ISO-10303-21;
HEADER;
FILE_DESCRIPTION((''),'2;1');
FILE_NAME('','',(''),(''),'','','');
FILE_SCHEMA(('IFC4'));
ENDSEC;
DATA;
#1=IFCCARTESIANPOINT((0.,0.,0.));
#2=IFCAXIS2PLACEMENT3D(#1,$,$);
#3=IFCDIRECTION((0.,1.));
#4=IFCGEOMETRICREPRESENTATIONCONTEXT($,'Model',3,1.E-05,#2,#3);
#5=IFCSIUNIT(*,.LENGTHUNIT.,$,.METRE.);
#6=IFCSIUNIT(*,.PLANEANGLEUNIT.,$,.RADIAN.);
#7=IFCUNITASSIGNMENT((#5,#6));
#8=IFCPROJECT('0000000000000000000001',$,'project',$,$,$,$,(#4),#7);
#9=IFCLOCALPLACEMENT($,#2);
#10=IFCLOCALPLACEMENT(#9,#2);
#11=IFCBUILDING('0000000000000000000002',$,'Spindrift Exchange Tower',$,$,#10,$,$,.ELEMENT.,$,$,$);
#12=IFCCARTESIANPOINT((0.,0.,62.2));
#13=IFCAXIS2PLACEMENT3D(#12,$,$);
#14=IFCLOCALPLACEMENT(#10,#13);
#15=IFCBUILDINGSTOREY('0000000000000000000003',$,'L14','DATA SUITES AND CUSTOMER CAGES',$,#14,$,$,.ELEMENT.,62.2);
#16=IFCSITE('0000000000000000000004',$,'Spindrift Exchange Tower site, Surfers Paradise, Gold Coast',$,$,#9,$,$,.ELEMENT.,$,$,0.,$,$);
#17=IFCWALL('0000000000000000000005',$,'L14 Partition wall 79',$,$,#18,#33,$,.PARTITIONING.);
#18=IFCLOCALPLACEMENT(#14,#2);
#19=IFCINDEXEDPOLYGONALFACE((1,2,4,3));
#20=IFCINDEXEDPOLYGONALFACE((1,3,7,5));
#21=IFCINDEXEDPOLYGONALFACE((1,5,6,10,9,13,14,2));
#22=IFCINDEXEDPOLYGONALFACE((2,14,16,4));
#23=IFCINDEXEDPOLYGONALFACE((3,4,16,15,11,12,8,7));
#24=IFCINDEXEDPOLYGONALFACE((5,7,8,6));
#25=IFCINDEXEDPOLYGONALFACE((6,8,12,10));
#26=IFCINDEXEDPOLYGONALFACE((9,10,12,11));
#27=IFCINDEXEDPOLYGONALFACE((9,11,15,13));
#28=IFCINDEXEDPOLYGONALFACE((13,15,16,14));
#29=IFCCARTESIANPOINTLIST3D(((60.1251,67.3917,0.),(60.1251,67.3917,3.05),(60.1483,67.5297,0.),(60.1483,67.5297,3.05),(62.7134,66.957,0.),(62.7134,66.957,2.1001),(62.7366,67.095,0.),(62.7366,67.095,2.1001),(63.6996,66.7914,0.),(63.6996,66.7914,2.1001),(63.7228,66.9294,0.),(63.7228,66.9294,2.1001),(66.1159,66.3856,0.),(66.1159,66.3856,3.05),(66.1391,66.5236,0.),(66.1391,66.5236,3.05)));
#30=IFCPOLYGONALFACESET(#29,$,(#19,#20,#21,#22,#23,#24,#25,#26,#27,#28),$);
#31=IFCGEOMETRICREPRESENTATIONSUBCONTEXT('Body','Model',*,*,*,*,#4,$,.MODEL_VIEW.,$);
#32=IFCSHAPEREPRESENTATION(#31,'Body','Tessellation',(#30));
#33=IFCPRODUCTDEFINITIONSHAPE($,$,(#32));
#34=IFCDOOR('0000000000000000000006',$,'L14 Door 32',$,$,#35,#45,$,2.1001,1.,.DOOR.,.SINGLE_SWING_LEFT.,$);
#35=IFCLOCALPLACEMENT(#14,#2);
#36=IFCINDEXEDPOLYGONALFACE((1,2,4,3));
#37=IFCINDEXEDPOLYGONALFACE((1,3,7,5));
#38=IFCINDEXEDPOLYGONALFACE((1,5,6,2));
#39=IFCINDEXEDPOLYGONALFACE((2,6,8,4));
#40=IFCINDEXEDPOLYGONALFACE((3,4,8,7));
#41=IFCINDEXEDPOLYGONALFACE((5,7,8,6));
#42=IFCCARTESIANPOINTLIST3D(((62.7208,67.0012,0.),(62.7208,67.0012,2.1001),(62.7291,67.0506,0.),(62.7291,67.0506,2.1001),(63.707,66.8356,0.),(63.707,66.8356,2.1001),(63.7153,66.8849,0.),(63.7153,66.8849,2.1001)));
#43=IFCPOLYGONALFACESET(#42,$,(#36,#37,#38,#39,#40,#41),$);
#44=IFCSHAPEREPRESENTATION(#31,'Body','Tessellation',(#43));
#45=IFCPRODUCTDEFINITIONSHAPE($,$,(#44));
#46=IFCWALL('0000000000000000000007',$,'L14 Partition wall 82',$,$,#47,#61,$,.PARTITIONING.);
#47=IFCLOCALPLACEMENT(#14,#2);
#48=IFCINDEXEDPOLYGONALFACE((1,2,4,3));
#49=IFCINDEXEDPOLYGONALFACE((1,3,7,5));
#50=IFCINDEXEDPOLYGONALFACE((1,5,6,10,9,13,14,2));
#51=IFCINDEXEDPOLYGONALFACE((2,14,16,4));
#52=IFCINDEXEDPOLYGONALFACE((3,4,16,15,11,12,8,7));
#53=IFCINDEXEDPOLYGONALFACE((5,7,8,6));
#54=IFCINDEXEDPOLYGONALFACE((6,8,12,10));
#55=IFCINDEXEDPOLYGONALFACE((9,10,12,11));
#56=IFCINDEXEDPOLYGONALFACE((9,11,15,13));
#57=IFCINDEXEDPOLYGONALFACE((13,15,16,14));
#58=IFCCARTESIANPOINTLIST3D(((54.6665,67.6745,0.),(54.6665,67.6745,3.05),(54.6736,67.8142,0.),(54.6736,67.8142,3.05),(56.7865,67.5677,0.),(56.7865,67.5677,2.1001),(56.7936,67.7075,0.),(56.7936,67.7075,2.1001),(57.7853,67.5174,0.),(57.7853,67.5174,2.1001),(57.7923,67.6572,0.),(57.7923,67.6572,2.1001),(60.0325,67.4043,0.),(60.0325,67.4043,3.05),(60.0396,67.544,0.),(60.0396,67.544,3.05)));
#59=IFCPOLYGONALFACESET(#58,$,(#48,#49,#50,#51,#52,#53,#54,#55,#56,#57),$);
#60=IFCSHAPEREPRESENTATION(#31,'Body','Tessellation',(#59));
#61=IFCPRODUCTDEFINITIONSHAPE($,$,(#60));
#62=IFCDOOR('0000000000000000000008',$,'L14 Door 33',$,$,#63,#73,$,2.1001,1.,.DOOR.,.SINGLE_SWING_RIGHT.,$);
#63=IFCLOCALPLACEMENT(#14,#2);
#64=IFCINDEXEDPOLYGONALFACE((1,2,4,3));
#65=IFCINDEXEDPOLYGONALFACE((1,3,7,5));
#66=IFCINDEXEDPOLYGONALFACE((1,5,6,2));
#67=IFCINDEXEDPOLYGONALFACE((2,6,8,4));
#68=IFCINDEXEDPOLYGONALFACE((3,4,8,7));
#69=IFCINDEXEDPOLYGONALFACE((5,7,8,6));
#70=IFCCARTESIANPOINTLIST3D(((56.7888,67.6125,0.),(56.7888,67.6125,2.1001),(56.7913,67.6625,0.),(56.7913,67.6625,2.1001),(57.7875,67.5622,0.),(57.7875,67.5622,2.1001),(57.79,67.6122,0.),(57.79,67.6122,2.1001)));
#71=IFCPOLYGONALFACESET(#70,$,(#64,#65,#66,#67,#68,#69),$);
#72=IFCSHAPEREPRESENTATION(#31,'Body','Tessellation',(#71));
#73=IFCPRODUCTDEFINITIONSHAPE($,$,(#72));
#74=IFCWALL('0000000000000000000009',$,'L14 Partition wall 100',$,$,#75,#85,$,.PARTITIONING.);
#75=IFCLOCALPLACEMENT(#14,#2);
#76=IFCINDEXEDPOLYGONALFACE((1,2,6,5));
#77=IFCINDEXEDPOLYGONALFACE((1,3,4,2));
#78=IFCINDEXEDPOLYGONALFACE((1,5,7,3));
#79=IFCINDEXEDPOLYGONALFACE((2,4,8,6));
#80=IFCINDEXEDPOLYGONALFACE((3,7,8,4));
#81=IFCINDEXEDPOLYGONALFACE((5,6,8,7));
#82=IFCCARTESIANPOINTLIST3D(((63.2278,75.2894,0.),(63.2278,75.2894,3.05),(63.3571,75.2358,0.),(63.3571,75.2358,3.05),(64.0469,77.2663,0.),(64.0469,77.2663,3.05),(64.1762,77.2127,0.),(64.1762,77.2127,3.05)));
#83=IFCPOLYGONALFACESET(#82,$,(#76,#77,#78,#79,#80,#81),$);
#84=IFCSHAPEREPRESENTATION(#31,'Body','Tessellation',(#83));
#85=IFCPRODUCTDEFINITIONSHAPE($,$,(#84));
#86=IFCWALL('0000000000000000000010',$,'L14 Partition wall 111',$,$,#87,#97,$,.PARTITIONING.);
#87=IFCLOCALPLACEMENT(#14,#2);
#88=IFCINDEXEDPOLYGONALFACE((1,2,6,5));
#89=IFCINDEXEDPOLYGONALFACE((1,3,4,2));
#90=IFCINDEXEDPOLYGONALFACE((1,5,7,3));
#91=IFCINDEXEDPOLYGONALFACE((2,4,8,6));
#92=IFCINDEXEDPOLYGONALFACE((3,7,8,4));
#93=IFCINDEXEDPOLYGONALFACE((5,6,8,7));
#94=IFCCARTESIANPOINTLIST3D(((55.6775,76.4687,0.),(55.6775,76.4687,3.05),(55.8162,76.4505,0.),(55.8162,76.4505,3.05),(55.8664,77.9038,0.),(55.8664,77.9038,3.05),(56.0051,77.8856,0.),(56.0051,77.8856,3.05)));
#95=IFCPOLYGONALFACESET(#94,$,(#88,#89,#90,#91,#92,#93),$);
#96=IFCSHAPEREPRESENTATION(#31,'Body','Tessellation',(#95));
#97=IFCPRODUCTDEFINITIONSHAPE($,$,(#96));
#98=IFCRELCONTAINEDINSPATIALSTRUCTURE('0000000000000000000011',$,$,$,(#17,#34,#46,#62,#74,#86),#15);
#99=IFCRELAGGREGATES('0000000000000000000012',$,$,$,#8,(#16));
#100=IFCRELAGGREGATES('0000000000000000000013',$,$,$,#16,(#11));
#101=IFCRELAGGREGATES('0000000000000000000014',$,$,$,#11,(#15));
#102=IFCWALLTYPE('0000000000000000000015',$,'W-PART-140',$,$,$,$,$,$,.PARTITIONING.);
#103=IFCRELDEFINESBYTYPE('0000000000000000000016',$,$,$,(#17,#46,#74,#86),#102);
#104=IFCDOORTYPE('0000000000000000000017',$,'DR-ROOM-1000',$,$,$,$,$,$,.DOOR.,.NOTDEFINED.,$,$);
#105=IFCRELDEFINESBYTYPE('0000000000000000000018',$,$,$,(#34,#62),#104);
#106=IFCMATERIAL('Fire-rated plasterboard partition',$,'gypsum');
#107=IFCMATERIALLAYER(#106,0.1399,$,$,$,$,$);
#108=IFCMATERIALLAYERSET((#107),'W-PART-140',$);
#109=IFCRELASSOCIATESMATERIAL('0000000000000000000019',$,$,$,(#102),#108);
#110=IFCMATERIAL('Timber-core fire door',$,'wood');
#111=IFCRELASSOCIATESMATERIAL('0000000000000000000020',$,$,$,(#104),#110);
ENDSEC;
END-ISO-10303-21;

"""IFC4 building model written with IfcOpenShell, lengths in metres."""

from ifc_helpers import new_model, si_unit, direction, frame, frame_2d, origin, place, context, subcontext, project, spatial, rectangle, extrude, source, transform, mapped, material, layer, layer_set, type_object, element, fill, save


model = new_model("IFC4")

# Units and contexts
model_context = context("Model", 3, precision=1e-05, world=origin(), true_north=direction((0.0, 1.0)))
body_context = subcontext(model_context, "Body", "Model", "MODEL_VIEW")
ifc_project = project(units=[si_unit("LENGTHUNIT", "METRE"), si_unit("PLANEANGLEUNIT", "RADIAN")], contexts=[model_context])

# Site, building, storey
site_placement = place(None, origin())
site = spatial("IfcSite", under=ifc_project, at=site_placement, Name="Spindrift Exchange Tower site, Surfers Paradise, Gold Coast", CompositionType="ELEMENT", RefElevation=0.0)
building_placement = place(site_placement, origin())
building = spatial("IfcBuilding", under=site, at=building_placement, Name="Spindrift Exchange Tower", CompositionType="ELEMENT")
storey_placement = place(building_placement, frame((0.0, 0.0, 62.2)))
storey = spatial("IfcBuildingStorey", under=building, at=storey_placement, Name="L14", Description="DATA SUITES AND CUSTOMER CAGES", CompositionType="ELEMENT", Elevation=62.2)

# Shared definitions
ifc_material_1 = material(Name="Fire-rated plasterboard partition", Category="gypsum")
ifc_layer_1 = layer(ifc_material_1, 0.1399)
ifc_layer_set_1 = layer_set([ifc_layer_1], Name="W-PART-140")
wall_type = type_object("IfcWallType", Name="W-PART-140", PredefinedType="PARTITIONING", material=ifc_layer_set_1)

# Shared definitions
ifc_material_2 = material(Name="Timber-core fire door", Category="wood")
door_type = type_object("IfcDoorType", Name="DR-ROOM-1000", OperationType="NOTDEFINED", PredefinedType="DOOR", material=ifc_material_2)
shared_shape_1 = source(origin(), body_context, "Body", "SweptSolid", [
    extrude(rectangle(XDim=1.0, YDim=2.1001, at=frame_2d((0.5, 1.05))), frame((0.0, 0.0249, 0.0), z_axis=(0.0, -1.0, 0.0), x_axis=(1.0, 0.0, 0.0)), (0.0, 0.0, 1.0), 0.05),
])

# Walls, openings, doors
wall_1_placement = place(storey_placement, frame((60.1367, 67.4607, 0.0), z_axis=(0.0, 0.0, 1.0), x_axis=(0.986189, -0.165624, 0.0)))
wall_1 = element("IfcWall", 1, at=wall_1_placement, inside=storey, type_object=wall_type, Name="L14 Partition wall 79", PredefinedType="PARTITIONING", context=body_context, shape_type="SweptSolid", body=[
    extrude(rectangle(XDim=6.0747, YDim=0.1399, at=frame_2d((3.0374, 0.0))), origin(), (0.0, 0.0, 1.0), 3.05),
])
opening_1_placement = place(wall_1_placement, frame((2.6245, 0.0, 0.0)))
opening_1 = element("IfcOpeningElement", 2, at=opening_1_placement, cuts=wall_1, PredefinedType="OPENING", context=body_context, shape_type="SweptSolid", body=[
    extrude(rectangle(XDim=1.0, YDim=2.1001, at=frame_2d((0.5, 1.05))), frame((0.0, 0.0798, 0.0), z_axis=(0.0, -1.0, 0.0), x_axis=(1.0, 0.0, 0.0)), (0.0, 0.0, 1.0), 0.1599),
])
door_1_placement = place(opening_1_placement, origin())
door_1 = element("IfcDoor", 3, at=door_1_placement, inside=storey, type_object=door_type, Name="L14 Door 32", OperationType="SINGLE_SWING_LEFT", OverallHeight=2.1001, OverallWidth=1.0, PredefinedType="DOOR", context=body_context, shape_type="MappedRepresentation", body=[
    mapped(shared_shape_1, transform((0.0, 0.0, 0.0), scale=1.0)),
])
fill(opening_1, door_1)
wall_2_placement = place(storey_placement, frame((54.6699, 67.7444, 0.0), z_axis=(0.0, 0.0, 1.0), x_axis=(0.998734, -0.050302, 0.0)))
wall_2 = element("IfcWall", 4, at=wall_2_placement, inside=storey, type_object=wall_type, Name="L14 Partition wall 82", PredefinedType="PARTITIONING", context=body_context, shape_type="SweptSolid", body=[
    extrude(rectangle(XDim=5.3728, YDim=0.1399, at=frame_2d((2.6865, 0.0))), origin(), (0.0, 0.0, 1.0), 3.05),
])
opening_2_placement = place(wall_2_placement, frame((2.1228, 0.0, 0.0)))
opening_2 = element("IfcOpeningElement", 5, at=opening_2_placement, cuts=wall_2, PredefinedType="OPENING", context=body_context, shape_type="SweptSolid", body=[
    extrude(rectangle(XDim=1.0, YDim=2.1001, at=frame_2d((0.5, 1.05))), frame((0.0, 0.0798, 0.0), z_axis=(0.0, -1.0, 0.0), x_axis=(1.0, 0.0, 0.0)), (0.0, 0.0, 1.0), 0.1599),
])
door_2_placement = place(opening_2_placement, origin())
door_2 = element("IfcDoor", 6, at=door_2_placement, inside=storey, type_object=door_type, Name="L14 Door 33", OperationType="SINGLE_SWING_RIGHT", OverallHeight=2.1001, OverallWidth=1.0, PredefinedType="DOOR", context=body_context, shape_type="MappedRepresentation", body=[
    mapped(shared_shape_1, transform((0.0, 0.0, 0.0), scale=1.0)),
])
fill(opening_2, door_2)

# Walls
wall_3_placement = place(storey_placement, frame((63.2925, 75.2627, 0.0), z_axis=(0.0, 0.0, 1.0), x_axis=(0.382792, 0.923835, 0.0)))
element("IfcWall", 7, at=wall_3_placement, inside=storey, type_object=wall_type, Name="L14 Partition wall 100", PredefinedType="PARTITIONING", context=body_context, shape_type="SweptSolid", body=[
    extrude(rectangle(XDim=2.1399, YDim=0.1399, at=frame_2d((1.0698, 0.0))), origin(), (0.0, 0.0, 1.0), 3.05),
])
wall_4_placement = place(storey_placement, frame((55.7468, 76.4597, 0.0), z_axis=(0.0, 0.0, 1.0), x_axis=(0.130551, 0.991442, 0.0)))
element("IfcWall", 8, at=wall_4_placement, inside=storey, type_object=wall_type, Name="L14 Partition wall 111", PredefinedType="PARTITIONING", context=body_context, shape_type="SweptSolid", body=[
    extrude(rectangle(XDim=1.4475, YDim=0.1399, at=frame_2d((0.7236, 0.0))), origin(), (0.0, 0.0, 1.0), 3.05),
])

save(model, "model.ifc")
